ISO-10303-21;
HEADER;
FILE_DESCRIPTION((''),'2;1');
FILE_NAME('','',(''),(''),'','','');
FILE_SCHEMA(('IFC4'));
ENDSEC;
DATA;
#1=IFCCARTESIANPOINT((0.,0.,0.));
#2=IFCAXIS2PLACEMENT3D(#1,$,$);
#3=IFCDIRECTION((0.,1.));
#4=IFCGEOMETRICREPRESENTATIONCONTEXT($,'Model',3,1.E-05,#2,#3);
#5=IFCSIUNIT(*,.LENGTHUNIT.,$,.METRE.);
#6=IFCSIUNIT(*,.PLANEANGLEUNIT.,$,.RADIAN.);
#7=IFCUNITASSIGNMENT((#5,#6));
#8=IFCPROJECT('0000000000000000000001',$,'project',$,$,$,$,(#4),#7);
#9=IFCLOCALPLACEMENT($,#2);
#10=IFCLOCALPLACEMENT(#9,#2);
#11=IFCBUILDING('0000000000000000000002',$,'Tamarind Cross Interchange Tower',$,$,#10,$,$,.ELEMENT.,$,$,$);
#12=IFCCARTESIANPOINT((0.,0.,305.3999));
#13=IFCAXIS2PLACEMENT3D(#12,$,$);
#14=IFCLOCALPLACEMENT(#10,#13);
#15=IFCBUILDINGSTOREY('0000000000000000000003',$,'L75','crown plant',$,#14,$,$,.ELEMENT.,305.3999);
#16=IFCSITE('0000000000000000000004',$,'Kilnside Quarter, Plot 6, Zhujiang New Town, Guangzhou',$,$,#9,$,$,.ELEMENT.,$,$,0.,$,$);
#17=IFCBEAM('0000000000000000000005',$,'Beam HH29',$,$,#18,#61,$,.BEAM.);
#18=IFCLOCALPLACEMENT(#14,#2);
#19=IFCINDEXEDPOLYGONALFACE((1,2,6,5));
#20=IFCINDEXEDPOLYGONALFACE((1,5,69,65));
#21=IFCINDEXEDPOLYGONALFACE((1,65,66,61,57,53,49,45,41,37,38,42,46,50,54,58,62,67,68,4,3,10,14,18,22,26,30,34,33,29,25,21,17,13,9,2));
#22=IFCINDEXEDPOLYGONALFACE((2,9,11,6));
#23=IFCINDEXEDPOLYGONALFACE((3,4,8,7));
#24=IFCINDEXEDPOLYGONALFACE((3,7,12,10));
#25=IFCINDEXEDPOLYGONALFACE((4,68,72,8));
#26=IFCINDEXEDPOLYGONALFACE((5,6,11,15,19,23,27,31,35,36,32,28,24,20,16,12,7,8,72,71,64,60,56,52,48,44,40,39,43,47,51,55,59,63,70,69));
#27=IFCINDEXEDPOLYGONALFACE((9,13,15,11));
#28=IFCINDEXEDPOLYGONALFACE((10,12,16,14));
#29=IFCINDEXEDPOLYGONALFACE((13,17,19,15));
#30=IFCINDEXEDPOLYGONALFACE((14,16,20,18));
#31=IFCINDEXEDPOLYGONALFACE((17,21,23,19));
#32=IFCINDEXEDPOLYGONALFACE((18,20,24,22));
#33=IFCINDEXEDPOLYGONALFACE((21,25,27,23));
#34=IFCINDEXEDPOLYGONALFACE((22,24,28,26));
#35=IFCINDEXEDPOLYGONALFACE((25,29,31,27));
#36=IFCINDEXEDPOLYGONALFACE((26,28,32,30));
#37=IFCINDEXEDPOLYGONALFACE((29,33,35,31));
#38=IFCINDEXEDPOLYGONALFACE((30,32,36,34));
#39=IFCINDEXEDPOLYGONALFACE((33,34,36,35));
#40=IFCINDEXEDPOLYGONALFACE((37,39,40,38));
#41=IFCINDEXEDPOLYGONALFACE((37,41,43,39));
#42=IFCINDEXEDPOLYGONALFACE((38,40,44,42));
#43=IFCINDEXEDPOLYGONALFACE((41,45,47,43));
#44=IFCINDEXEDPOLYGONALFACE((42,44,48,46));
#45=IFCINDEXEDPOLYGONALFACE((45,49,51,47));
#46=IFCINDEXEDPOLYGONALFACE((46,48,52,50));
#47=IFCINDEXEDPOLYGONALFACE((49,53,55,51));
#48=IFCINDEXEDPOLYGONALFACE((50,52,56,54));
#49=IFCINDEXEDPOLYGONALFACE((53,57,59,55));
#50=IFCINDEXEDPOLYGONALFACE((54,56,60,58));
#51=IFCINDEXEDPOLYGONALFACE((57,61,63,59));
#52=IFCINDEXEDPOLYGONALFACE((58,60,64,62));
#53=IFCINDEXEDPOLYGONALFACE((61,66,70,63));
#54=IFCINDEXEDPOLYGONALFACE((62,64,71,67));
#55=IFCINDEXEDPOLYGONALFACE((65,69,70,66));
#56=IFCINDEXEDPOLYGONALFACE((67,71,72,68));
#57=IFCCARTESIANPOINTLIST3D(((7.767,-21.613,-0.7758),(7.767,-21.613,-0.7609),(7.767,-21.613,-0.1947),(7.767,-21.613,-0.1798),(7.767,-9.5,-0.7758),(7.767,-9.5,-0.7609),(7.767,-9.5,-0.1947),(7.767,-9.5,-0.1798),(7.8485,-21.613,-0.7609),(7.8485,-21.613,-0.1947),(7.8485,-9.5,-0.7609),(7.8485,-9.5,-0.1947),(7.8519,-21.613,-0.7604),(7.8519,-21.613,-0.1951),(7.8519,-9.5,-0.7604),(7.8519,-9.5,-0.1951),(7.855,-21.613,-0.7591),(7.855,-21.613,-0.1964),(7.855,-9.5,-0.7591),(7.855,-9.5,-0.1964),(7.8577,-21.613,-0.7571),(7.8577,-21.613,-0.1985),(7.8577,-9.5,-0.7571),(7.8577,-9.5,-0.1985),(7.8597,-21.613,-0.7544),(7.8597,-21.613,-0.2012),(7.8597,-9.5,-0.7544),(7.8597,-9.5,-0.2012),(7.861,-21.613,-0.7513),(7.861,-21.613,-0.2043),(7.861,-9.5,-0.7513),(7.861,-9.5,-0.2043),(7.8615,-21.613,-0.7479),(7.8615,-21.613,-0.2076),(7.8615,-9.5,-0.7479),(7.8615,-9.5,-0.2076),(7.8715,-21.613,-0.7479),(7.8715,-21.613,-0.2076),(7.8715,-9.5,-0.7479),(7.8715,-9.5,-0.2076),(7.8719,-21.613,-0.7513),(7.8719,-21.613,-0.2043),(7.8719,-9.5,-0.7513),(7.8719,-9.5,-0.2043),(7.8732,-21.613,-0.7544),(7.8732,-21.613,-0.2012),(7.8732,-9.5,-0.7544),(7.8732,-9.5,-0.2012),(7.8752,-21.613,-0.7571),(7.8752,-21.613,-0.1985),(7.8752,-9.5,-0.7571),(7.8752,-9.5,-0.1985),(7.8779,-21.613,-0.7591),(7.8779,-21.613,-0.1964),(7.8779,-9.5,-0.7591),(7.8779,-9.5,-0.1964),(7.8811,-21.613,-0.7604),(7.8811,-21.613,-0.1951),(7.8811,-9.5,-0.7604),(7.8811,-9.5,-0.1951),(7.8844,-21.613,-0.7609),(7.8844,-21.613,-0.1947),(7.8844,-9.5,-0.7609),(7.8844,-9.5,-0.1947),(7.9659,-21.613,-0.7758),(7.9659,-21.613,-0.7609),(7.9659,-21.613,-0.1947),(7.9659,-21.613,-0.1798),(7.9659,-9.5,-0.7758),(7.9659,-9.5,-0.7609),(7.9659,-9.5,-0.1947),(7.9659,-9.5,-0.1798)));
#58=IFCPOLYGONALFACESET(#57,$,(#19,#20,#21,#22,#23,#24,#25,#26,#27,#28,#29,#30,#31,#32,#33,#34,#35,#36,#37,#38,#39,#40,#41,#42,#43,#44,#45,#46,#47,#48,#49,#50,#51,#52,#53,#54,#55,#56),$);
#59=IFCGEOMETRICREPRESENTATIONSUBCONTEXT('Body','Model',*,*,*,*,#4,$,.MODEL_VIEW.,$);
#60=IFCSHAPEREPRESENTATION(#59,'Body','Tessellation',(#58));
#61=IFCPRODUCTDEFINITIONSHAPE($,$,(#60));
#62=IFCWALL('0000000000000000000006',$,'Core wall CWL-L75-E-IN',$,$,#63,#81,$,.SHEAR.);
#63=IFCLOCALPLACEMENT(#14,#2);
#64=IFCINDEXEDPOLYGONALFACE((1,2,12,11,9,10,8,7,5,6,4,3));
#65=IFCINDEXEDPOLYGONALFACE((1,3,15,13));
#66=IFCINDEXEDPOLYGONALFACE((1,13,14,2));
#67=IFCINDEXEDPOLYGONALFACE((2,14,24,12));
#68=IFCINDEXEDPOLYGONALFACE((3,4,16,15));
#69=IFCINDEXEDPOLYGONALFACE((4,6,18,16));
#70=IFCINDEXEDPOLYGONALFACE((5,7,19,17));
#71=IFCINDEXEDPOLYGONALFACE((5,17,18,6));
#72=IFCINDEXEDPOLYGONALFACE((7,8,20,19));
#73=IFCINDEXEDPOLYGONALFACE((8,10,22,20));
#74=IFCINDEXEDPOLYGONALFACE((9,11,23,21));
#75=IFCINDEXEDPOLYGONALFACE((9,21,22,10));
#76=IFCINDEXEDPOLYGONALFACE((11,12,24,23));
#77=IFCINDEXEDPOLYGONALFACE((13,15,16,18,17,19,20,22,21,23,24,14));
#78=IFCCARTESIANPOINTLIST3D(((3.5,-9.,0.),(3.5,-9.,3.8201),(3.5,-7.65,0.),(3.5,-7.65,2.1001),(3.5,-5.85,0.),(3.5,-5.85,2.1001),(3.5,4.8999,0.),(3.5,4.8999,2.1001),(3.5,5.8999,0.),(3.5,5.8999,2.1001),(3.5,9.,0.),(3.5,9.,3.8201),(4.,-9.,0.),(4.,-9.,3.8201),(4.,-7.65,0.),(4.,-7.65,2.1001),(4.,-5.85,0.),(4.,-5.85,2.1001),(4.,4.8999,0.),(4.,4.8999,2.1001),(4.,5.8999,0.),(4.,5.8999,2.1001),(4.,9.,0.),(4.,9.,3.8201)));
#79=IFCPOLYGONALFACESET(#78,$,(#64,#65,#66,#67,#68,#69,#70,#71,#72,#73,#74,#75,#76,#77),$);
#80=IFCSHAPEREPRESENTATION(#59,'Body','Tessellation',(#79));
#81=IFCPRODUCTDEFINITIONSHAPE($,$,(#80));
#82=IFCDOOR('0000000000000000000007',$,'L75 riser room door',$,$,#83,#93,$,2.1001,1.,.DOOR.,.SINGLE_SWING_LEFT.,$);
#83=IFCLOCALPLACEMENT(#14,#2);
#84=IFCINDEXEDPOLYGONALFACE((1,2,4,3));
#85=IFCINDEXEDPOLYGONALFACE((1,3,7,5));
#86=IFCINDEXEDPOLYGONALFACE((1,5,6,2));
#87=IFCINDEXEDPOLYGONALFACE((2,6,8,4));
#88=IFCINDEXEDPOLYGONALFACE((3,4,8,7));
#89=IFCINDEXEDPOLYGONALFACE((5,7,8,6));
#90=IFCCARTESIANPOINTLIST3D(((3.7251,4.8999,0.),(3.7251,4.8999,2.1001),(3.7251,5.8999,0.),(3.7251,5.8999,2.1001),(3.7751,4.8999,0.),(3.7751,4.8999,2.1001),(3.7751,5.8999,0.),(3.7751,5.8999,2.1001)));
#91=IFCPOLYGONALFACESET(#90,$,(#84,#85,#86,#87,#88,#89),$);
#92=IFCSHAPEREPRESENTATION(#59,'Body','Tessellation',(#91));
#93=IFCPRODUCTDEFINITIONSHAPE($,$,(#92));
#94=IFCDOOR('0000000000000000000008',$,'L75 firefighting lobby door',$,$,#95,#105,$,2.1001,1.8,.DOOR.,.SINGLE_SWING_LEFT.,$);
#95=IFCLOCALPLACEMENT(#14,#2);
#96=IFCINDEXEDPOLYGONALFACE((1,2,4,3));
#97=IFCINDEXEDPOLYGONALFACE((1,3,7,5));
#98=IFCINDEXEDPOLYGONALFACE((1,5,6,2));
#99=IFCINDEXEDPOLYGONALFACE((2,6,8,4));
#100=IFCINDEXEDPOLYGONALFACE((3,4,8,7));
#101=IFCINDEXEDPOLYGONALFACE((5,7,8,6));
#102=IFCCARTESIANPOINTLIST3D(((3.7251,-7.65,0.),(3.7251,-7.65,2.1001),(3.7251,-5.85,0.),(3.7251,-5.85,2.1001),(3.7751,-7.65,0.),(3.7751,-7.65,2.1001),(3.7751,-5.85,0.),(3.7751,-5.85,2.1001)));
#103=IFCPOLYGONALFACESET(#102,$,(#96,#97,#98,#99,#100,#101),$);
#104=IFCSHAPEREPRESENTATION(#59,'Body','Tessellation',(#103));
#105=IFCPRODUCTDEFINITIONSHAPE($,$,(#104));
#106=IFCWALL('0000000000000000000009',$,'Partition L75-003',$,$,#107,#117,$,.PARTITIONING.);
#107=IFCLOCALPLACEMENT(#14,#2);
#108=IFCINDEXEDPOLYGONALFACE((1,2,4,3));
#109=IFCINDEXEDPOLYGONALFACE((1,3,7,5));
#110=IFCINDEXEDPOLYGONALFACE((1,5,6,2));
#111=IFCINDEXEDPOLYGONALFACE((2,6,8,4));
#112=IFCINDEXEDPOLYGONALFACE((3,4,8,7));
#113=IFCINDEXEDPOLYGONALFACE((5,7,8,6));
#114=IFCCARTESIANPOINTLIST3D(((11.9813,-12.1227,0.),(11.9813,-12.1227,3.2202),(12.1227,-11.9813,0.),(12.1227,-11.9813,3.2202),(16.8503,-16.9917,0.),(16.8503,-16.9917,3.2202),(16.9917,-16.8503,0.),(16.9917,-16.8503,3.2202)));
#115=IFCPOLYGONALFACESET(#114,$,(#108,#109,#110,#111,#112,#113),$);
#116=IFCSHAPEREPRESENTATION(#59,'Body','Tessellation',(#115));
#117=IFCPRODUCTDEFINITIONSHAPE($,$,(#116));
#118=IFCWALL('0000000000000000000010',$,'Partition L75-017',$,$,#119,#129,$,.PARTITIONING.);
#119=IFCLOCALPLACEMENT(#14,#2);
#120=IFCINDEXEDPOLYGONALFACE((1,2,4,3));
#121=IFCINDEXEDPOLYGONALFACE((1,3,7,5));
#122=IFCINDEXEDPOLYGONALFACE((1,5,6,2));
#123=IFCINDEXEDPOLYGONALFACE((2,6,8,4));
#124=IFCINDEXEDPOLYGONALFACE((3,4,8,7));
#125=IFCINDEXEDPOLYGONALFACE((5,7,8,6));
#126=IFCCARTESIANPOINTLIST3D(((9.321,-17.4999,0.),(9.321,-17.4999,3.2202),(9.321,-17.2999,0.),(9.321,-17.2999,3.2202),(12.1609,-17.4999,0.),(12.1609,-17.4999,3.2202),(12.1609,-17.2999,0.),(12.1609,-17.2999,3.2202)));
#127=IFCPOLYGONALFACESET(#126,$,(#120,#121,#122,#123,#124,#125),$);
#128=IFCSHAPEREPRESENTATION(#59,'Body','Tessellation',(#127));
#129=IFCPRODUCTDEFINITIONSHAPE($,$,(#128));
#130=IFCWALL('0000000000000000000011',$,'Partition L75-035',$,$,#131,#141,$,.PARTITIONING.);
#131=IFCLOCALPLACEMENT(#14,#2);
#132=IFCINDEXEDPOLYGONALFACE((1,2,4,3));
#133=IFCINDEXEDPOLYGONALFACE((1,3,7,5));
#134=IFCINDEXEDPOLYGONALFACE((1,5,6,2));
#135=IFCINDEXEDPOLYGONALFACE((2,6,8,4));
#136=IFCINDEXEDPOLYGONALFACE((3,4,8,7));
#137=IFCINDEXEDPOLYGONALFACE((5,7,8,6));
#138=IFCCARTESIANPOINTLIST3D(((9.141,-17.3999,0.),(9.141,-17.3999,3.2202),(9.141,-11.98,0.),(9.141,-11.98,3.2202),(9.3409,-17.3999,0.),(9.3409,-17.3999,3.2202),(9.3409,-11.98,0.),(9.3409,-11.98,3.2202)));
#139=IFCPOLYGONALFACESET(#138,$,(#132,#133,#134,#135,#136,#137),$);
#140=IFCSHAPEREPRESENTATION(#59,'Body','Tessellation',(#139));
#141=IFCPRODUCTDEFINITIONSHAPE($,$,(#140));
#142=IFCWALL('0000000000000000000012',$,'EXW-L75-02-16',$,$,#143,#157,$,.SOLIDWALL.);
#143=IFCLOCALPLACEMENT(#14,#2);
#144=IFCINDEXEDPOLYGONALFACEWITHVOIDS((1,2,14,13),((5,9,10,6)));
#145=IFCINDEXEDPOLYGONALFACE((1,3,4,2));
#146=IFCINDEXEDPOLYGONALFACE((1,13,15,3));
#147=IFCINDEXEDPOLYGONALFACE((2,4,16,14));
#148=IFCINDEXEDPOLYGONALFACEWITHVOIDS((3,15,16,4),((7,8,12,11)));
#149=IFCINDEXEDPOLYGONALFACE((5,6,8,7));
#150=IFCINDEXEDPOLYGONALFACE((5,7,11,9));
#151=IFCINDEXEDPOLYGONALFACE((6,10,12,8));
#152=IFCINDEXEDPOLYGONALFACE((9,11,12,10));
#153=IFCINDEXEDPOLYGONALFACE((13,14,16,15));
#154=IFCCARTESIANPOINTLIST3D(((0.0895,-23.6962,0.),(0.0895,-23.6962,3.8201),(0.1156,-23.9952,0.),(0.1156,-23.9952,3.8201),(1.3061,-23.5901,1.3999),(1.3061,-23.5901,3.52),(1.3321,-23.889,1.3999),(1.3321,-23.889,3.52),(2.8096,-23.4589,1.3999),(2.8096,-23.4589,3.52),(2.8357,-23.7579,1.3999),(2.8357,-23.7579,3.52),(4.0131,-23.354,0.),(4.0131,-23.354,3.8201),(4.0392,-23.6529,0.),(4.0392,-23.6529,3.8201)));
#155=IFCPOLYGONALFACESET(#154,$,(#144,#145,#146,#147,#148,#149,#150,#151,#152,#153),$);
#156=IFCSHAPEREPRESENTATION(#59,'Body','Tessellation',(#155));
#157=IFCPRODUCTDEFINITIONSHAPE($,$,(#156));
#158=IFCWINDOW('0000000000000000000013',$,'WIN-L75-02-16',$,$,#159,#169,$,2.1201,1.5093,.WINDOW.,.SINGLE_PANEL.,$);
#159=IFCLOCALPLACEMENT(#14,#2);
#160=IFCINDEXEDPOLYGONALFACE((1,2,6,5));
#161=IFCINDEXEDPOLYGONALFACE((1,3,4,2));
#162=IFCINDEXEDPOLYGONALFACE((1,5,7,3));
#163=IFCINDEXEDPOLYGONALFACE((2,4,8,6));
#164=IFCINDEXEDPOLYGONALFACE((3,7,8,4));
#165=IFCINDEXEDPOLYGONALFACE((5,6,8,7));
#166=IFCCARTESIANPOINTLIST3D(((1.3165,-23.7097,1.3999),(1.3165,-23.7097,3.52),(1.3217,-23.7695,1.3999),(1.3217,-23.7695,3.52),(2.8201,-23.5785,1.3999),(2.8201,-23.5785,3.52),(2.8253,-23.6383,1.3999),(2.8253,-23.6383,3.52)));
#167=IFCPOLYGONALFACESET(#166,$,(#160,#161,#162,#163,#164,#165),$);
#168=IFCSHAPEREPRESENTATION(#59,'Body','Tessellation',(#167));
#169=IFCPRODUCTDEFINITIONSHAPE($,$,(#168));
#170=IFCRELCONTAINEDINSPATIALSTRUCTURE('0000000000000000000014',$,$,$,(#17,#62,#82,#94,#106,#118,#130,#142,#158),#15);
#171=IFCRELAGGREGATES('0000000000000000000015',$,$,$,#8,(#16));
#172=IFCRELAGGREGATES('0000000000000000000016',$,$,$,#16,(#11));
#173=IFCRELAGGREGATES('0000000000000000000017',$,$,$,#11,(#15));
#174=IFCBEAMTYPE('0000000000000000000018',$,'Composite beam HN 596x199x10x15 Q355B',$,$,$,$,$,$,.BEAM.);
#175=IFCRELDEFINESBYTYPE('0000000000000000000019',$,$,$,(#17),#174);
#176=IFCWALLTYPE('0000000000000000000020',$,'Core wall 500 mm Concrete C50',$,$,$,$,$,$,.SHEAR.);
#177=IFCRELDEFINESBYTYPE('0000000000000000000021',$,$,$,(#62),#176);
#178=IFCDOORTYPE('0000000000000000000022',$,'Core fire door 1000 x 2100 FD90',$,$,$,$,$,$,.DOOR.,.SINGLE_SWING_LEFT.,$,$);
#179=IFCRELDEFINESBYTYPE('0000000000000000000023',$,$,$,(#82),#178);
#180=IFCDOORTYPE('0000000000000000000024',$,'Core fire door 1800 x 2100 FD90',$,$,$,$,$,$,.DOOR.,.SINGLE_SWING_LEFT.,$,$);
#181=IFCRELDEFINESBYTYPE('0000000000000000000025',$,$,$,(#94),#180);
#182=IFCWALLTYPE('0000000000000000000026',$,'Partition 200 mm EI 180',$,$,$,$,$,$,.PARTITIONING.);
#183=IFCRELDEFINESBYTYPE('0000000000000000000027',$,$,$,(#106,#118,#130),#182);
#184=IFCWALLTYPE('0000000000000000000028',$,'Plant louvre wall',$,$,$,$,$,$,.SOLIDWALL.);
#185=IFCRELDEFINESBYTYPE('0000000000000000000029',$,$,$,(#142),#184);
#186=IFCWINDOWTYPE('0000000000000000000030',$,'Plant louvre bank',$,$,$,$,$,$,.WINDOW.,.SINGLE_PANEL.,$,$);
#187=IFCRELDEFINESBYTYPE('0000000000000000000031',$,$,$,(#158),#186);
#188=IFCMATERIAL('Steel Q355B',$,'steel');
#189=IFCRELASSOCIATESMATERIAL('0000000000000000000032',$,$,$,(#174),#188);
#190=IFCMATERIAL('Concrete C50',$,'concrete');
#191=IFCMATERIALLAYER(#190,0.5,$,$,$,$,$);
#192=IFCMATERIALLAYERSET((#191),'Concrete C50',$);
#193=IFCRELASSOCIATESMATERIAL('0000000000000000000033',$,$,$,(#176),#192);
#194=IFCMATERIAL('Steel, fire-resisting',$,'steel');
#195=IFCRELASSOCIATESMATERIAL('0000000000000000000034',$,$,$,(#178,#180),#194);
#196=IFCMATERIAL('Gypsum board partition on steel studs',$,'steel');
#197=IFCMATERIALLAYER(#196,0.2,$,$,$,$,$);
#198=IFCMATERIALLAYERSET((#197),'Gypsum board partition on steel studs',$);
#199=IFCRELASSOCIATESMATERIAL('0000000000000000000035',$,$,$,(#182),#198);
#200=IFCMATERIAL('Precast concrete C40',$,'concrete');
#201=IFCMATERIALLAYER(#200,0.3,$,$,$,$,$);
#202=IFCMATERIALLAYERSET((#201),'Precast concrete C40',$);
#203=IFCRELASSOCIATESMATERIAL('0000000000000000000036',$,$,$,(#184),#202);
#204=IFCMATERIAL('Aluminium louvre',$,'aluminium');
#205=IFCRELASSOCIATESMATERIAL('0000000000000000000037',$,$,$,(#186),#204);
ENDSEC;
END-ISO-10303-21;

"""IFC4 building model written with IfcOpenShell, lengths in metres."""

from ifc_helpers import new_model, si_unit, direction, frame, frame_2d, origin, origin_2d, place, context, subcontext, project, spatial, rectangle, i_section, extrude, material, layer, layer_set, material_profile, profile_set, type_object, element, fill, save


model = new_model("IFC4")

# Units and contexts
model_context = context("Model", 3, precision=1e-05, world=origin(), true_north=direction((0.0, 1.0)))
body_context = subcontext(model_context, "Body", "Model", "MODEL_VIEW")
ifc_project = project(units=[si_unit("LENGTHUNIT", "METRE"), si_unit("PLANEANGLEUNIT", "RADIAN")], contexts=[model_context])

# Site, building, storey
site_placement = place(None, origin())
site = spatial("IfcSite", under=ifc_project, at=site_placement, Name="Kilnside Quarter, Plot 6, Zhujiang New Town, Guangzhou", CompositionType="ELEMENT", RefElevation=0.0)
building_placement = place(site_placement, origin())
building = spatial("IfcBuilding", under=site, at=building_placement, Name="Tamarind Cross Interchange Tower", CompositionType="ELEMENT")
storey_placement = place(building_placement, frame((0.0, 0.0, 305.3999)))
storey = spatial("IfcBuildingStorey", under=building, at=storey_placement, Name="L75", Description="crown plant", CompositionType="ELEMENT", Elevation=305.3999)

# Beam
ifc_material_1 = material(Name="Steel Q355B", Category="steel")
ifc_material_profile_1 = material_profile(ifc_material_1, i_section(OverallWidth=0.199, OverallDepth=0.5959, WebThickness=0.01, FlangeThickness=0.0149, FilletRadius=0.0129, at=origin_2d()), Name="HN 596x199x10x15")
ifc_profile_set_1 = profile_set([ifc_material_profile_1], Name="Steel Q355B")
beam_type = type_object("IfcBeamType", Name="Composite beam HN 596x199x10x15 Q355B", PredefinedType="BEAM", material=ifc_profile_set_1)
beam_1_placement = place(storey_placement, frame((7.8665, -21.613, -0.4778), z_axis=(0.0, 1.0, 0.0), x_axis=(-1.0, 0.0, 0.0)))
element("IfcBeam", 1, at=beam_1_placement, inside=storey, type_object=beam_type, Name="Beam HH29", PredefinedType="BEAM", context=body_context, shape_type="SweptSolid", body=[
    extrude(i_section(OverallWidth=0.199, OverallDepth=0.5959, WebThickness=0.01, FlangeThickness=0.0149, FilletRadius=0.0129, at=origin_2d()), origin(), (0.0, 0.0, 1.0), 12.113),
])

# Wall, openings, doors
ifc_material_2 = material(Name="Concrete C50", Category="concrete")
ifc_layer_1 = layer(ifc_material_2, 0.5)
ifc_layer_set_1 = layer_set([ifc_layer_1], Name="Concrete C50")
wall_type_1 = type_object("IfcWallType", Name="Core wall 500 mm Concrete C50", PredefinedType="SHEAR", material=ifc_layer_set_1)
wall_1_placement = place(storey_placement, frame((3.75, -9.0, 0.0), z_axis=(0.0, 0.0, 1.0), x_axis=(0.0, 1.0, 0.0)))
wall_1 = element("IfcWall", 2, at=wall_1_placement, inside=storey, type_object=wall_type_1, Name="Core wall CWL-L75-E-IN", PredefinedType="SHEAR", context=body_context, shape_type="SweptSolid", body=[
    extrude(rectangle(XDim=18.0, YDim=0.5, at=frame_2d((9.0, 0.0))), origin(), (0.0, 0.0, 1.0), 3.8201),
])
opening_1_placement = place(wall_1_placement, frame((1.3501, 0.0, 0.0)))
opening_1 = element("IfcOpeningElement", 3, at=opening_1_placement, cuts=wall_1, PredefinedType="OPENING", context=body_context, shape_type="SweptSolid", body=[
    extrude(rectangle(XDim=1.8, YDim=2.1001, at=frame_2d((0.8999, 1.05))), frame((0.0, 0.26, 0.0), z_axis=(0.0, -1.0, 0.0), x_axis=(1.0, 0.0, 0.0)), (0.0, 0.0, 1.0), 0.52),
])
opening_2_placement = place(wall_1_placement, frame((13.8999, 0.0, 0.0)))
opening_2 = element("IfcOpeningElement", 4, at=opening_2_placement, cuts=wall_1, PredefinedType="OPENING", context=body_context, shape_type="SweptSolid", body=[
    extrude(rectangle(XDim=1.0, YDim=2.1001, at=frame_2d((0.5, 1.05))), frame((0.0, 0.26, 0.0), z_axis=(0.0, -1.0, 0.0), x_axis=(1.0, 0.0, 0.0)), (0.0, 0.0, 1.0), 0.52),
])
ifc_material_3 = material(Name="Steel, fire-resisting", Category="steel")
door_type_1 = type_object("IfcDoorType", Name="Core fire door 1000 x 2100 FD90", OperationType="SINGLE_SWING_LEFT", PredefinedType="DOOR", material=ifc_material_3)
door_1_placement = place(opening_2_placement, origin())
door_1 = element("IfcDoor", 5, at=door_1_placement, inside=storey, type_object=door_type_1, Name="L75 riser room door", OperationType="SINGLE_SWING_LEFT", OverallHeight=2.1001, OverallWidth=1.0, PredefinedType="DOOR", context=body_context, shape_type="SweptSolid", body=[
    extrude(rectangle(XDim=1.0, YDim=2.1001, at=frame_2d((0.5, 1.05))), frame((0.0, 0.0249, 0.0), z_axis=(0.0, -1.0, 0.0), x_axis=(1.0, 0.0, 0.0)), (0.0, 0.0, 1.0), 0.05),
])
fill(opening_2, door_1)
door_type_2 = type_object("IfcDoorType", Name="Core fire door 1800 x 2100 FD90", OperationType="SINGLE_SWING_LEFT", PredefinedType="DOOR", material=ifc_material_3)
door_2_placement = place(opening_1_placement, origin())
door_2 = element("IfcDoor", 6, at=door_2_placement, inside=storey, type_object=door_type_2, Name="L75 firefighting lobby door", OperationType="SINGLE_SWING_LEFT", OverallHeight=2.1001, OverallWidth=1.8, PredefinedType="DOOR", context=body_context, shape_type="SweptSolid", body=[
    extrude(rectangle(XDim=1.8, YDim=2.1001, at=frame_2d((0.8999, 1.05))), frame((0.0, 0.0249, 0.0), z_axis=(0.0, -1.0, 0.0), x_axis=(1.0, 0.0, 0.0)), (0.0, 0.0, 1.0), 0.05),
])
fill(opening_1, door_2)

# Walls
ifc_material_4 = material(Name="Gypsum board partition on steel studs", Category="steel")
ifc_layer_2 = layer(ifc_material_4, 0.2)
ifc_layer_set_2 = layer_set([ifc_layer_2], Name="Gypsum board partition on steel studs")
wall_type_2 = type_object("IfcWallType", Name="Partition 200 mm EI 180", PredefinedType="PARTITIONING", material=ifc_layer_set_2)
wall_2_placement = place(storey_placement, frame((12.052, -12.052, 0.0), z_axis=(0.0, 0.0, 1.0), x_axis=(0.707107, -0.707107, 0.0)))
element("IfcWall", 7, at=wall_2_placement, inside=storey, type_object=wall_type_2, Name="Partition L75-003", PredefinedType="PARTITIONING", context=body_context, shape_type="SweptSolid", body=[
    extrude(rectangle(XDim=6.8857, YDim=0.2, at=frame_2d((3.4429, 0.0))), origin(), (0.0, 0.0, 1.0), 3.2202),
])
wall_3_placement = place(storey_placement, frame((9.321, -17.3999, 0.0), z_axis=(0.0, 0.0, 1.0), x_axis=(1.0, 0.0, 0.0)))
element("IfcWall", 8, at=wall_3_placement, inside=storey, type_object=wall_type_2, Name="Partition L75-017", PredefinedType="PARTITIONING", context=body_context, shape_type="SweptSolid", body=[
    extrude(rectangle(XDim=2.8398, YDim=0.2, at=frame_2d((1.4199, 0.0))), origin(), (0.0, 0.0, 1.0), 3.2202),
])
wall_4_placement = place(storey_placement, frame((9.241, -17.3999, 0.0), z_axis=(0.0, 0.0, 1.0), x_axis=(0.0, 1.0, 0.0)))
element("IfcWall", 9, at=wall_4_placement, inside=storey, type_object=wall_type_2, Name="Partition L75-035", PredefinedType="PARTITIONING", context=body_context, shape_type="SweptSolid", body=[
    extrude(rectangle(XDim=5.4199, YDim=0.2, at=frame_2d((2.71, 0.0))), origin(), (0.0, 0.0, 1.0), 3.2202),
])

# Wall, opening, window
ifc_material_5 = material(Name="Precast concrete C40", Category="concrete")
ifc_layer_3 = layer(ifc_material_5, 0.3)
ifc_layer_set_3 = layer_set([ifc_layer_3], Name="Precast concrete C40")
wall_type_3 = type_object("IfcWallType", Name="Plant louvre wall", PredefinedType="SOLIDWALL", material=ifc_layer_set_3)
wall_5_placement = place(storey_placement, frame((0.1025, -23.8457, 0.0), z_axis=(0.0, 0.0, 1.0), x_axis=(0.996216, 0.086908, 0.0)))
wall_5 = element("IfcWall", 10, at=wall_5_placement, inside=storey, type_object=wall_type_3, Name="EXW-L75-02-16", PredefinedType="SOLIDWALL", context=body_context, shape_type="SweptSolid", body=[
    extrude(rectangle(XDim=3.9385, YDim=0.3, at=frame_2d((1.9692, 0.0))), origin(), (0.0, 0.0, 1.0), 3.8201),
])
opening_3_placement = place(wall_5_placement, frame((1.2212, 0.0, 1.3999)))
opening_3 = element("IfcOpeningElement", 11, at=opening_3_placement, cuts=wall_5, PredefinedType="OPENING", context=body_context, shape_type="SweptSolid", body=[
    extrude(rectangle(XDim=1.5093, YDim=2.1201, at=frame_2d((0.7546, 1.0601))), frame((0.0, 0.1599, 0.0), z_axis=(0.0, -1.0, 0.0), x_axis=(1.0, 0.0, 0.0)), (0.0, 0.0, 1.0), 0.3201),
])
ifc_material_6 = material(Name="Aluminium louvre", Category="aluminium")
window_type = type_object("IfcWindowType", Name="Plant louvre bank", PartitioningType="SINGLE_PANEL", PredefinedType="WINDOW", material=ifc_material_6)
window_1_placement = place(opening_3_placement, origin())
window_1 = element("IfcWindow", 12, at=window_1_placement, inside=storey, type_object=window_type, Name="WIN-L75-02-16", OverallHeight=2.1201, OverallWidth=1.5093, PartitioningType="SINGLE_PANEL", PredefinedType="WINDOW", context=body_context, shape_type="SweptSolid", body=[
    extrude(rectangle(XDim=1.5093, YDim=2.1201, at=frame_2d((0.7546, 1.0601))), frame((0.0, 0.03, 0.0), z_axis=(0.0, -1.0, 0.0), x_axis=(1.0, 0.0, 0.0)), (0.0, 0.0, 1.0), 0.0601),
])
fill(opening_3, window_1)

save(model, "model.ifc")
